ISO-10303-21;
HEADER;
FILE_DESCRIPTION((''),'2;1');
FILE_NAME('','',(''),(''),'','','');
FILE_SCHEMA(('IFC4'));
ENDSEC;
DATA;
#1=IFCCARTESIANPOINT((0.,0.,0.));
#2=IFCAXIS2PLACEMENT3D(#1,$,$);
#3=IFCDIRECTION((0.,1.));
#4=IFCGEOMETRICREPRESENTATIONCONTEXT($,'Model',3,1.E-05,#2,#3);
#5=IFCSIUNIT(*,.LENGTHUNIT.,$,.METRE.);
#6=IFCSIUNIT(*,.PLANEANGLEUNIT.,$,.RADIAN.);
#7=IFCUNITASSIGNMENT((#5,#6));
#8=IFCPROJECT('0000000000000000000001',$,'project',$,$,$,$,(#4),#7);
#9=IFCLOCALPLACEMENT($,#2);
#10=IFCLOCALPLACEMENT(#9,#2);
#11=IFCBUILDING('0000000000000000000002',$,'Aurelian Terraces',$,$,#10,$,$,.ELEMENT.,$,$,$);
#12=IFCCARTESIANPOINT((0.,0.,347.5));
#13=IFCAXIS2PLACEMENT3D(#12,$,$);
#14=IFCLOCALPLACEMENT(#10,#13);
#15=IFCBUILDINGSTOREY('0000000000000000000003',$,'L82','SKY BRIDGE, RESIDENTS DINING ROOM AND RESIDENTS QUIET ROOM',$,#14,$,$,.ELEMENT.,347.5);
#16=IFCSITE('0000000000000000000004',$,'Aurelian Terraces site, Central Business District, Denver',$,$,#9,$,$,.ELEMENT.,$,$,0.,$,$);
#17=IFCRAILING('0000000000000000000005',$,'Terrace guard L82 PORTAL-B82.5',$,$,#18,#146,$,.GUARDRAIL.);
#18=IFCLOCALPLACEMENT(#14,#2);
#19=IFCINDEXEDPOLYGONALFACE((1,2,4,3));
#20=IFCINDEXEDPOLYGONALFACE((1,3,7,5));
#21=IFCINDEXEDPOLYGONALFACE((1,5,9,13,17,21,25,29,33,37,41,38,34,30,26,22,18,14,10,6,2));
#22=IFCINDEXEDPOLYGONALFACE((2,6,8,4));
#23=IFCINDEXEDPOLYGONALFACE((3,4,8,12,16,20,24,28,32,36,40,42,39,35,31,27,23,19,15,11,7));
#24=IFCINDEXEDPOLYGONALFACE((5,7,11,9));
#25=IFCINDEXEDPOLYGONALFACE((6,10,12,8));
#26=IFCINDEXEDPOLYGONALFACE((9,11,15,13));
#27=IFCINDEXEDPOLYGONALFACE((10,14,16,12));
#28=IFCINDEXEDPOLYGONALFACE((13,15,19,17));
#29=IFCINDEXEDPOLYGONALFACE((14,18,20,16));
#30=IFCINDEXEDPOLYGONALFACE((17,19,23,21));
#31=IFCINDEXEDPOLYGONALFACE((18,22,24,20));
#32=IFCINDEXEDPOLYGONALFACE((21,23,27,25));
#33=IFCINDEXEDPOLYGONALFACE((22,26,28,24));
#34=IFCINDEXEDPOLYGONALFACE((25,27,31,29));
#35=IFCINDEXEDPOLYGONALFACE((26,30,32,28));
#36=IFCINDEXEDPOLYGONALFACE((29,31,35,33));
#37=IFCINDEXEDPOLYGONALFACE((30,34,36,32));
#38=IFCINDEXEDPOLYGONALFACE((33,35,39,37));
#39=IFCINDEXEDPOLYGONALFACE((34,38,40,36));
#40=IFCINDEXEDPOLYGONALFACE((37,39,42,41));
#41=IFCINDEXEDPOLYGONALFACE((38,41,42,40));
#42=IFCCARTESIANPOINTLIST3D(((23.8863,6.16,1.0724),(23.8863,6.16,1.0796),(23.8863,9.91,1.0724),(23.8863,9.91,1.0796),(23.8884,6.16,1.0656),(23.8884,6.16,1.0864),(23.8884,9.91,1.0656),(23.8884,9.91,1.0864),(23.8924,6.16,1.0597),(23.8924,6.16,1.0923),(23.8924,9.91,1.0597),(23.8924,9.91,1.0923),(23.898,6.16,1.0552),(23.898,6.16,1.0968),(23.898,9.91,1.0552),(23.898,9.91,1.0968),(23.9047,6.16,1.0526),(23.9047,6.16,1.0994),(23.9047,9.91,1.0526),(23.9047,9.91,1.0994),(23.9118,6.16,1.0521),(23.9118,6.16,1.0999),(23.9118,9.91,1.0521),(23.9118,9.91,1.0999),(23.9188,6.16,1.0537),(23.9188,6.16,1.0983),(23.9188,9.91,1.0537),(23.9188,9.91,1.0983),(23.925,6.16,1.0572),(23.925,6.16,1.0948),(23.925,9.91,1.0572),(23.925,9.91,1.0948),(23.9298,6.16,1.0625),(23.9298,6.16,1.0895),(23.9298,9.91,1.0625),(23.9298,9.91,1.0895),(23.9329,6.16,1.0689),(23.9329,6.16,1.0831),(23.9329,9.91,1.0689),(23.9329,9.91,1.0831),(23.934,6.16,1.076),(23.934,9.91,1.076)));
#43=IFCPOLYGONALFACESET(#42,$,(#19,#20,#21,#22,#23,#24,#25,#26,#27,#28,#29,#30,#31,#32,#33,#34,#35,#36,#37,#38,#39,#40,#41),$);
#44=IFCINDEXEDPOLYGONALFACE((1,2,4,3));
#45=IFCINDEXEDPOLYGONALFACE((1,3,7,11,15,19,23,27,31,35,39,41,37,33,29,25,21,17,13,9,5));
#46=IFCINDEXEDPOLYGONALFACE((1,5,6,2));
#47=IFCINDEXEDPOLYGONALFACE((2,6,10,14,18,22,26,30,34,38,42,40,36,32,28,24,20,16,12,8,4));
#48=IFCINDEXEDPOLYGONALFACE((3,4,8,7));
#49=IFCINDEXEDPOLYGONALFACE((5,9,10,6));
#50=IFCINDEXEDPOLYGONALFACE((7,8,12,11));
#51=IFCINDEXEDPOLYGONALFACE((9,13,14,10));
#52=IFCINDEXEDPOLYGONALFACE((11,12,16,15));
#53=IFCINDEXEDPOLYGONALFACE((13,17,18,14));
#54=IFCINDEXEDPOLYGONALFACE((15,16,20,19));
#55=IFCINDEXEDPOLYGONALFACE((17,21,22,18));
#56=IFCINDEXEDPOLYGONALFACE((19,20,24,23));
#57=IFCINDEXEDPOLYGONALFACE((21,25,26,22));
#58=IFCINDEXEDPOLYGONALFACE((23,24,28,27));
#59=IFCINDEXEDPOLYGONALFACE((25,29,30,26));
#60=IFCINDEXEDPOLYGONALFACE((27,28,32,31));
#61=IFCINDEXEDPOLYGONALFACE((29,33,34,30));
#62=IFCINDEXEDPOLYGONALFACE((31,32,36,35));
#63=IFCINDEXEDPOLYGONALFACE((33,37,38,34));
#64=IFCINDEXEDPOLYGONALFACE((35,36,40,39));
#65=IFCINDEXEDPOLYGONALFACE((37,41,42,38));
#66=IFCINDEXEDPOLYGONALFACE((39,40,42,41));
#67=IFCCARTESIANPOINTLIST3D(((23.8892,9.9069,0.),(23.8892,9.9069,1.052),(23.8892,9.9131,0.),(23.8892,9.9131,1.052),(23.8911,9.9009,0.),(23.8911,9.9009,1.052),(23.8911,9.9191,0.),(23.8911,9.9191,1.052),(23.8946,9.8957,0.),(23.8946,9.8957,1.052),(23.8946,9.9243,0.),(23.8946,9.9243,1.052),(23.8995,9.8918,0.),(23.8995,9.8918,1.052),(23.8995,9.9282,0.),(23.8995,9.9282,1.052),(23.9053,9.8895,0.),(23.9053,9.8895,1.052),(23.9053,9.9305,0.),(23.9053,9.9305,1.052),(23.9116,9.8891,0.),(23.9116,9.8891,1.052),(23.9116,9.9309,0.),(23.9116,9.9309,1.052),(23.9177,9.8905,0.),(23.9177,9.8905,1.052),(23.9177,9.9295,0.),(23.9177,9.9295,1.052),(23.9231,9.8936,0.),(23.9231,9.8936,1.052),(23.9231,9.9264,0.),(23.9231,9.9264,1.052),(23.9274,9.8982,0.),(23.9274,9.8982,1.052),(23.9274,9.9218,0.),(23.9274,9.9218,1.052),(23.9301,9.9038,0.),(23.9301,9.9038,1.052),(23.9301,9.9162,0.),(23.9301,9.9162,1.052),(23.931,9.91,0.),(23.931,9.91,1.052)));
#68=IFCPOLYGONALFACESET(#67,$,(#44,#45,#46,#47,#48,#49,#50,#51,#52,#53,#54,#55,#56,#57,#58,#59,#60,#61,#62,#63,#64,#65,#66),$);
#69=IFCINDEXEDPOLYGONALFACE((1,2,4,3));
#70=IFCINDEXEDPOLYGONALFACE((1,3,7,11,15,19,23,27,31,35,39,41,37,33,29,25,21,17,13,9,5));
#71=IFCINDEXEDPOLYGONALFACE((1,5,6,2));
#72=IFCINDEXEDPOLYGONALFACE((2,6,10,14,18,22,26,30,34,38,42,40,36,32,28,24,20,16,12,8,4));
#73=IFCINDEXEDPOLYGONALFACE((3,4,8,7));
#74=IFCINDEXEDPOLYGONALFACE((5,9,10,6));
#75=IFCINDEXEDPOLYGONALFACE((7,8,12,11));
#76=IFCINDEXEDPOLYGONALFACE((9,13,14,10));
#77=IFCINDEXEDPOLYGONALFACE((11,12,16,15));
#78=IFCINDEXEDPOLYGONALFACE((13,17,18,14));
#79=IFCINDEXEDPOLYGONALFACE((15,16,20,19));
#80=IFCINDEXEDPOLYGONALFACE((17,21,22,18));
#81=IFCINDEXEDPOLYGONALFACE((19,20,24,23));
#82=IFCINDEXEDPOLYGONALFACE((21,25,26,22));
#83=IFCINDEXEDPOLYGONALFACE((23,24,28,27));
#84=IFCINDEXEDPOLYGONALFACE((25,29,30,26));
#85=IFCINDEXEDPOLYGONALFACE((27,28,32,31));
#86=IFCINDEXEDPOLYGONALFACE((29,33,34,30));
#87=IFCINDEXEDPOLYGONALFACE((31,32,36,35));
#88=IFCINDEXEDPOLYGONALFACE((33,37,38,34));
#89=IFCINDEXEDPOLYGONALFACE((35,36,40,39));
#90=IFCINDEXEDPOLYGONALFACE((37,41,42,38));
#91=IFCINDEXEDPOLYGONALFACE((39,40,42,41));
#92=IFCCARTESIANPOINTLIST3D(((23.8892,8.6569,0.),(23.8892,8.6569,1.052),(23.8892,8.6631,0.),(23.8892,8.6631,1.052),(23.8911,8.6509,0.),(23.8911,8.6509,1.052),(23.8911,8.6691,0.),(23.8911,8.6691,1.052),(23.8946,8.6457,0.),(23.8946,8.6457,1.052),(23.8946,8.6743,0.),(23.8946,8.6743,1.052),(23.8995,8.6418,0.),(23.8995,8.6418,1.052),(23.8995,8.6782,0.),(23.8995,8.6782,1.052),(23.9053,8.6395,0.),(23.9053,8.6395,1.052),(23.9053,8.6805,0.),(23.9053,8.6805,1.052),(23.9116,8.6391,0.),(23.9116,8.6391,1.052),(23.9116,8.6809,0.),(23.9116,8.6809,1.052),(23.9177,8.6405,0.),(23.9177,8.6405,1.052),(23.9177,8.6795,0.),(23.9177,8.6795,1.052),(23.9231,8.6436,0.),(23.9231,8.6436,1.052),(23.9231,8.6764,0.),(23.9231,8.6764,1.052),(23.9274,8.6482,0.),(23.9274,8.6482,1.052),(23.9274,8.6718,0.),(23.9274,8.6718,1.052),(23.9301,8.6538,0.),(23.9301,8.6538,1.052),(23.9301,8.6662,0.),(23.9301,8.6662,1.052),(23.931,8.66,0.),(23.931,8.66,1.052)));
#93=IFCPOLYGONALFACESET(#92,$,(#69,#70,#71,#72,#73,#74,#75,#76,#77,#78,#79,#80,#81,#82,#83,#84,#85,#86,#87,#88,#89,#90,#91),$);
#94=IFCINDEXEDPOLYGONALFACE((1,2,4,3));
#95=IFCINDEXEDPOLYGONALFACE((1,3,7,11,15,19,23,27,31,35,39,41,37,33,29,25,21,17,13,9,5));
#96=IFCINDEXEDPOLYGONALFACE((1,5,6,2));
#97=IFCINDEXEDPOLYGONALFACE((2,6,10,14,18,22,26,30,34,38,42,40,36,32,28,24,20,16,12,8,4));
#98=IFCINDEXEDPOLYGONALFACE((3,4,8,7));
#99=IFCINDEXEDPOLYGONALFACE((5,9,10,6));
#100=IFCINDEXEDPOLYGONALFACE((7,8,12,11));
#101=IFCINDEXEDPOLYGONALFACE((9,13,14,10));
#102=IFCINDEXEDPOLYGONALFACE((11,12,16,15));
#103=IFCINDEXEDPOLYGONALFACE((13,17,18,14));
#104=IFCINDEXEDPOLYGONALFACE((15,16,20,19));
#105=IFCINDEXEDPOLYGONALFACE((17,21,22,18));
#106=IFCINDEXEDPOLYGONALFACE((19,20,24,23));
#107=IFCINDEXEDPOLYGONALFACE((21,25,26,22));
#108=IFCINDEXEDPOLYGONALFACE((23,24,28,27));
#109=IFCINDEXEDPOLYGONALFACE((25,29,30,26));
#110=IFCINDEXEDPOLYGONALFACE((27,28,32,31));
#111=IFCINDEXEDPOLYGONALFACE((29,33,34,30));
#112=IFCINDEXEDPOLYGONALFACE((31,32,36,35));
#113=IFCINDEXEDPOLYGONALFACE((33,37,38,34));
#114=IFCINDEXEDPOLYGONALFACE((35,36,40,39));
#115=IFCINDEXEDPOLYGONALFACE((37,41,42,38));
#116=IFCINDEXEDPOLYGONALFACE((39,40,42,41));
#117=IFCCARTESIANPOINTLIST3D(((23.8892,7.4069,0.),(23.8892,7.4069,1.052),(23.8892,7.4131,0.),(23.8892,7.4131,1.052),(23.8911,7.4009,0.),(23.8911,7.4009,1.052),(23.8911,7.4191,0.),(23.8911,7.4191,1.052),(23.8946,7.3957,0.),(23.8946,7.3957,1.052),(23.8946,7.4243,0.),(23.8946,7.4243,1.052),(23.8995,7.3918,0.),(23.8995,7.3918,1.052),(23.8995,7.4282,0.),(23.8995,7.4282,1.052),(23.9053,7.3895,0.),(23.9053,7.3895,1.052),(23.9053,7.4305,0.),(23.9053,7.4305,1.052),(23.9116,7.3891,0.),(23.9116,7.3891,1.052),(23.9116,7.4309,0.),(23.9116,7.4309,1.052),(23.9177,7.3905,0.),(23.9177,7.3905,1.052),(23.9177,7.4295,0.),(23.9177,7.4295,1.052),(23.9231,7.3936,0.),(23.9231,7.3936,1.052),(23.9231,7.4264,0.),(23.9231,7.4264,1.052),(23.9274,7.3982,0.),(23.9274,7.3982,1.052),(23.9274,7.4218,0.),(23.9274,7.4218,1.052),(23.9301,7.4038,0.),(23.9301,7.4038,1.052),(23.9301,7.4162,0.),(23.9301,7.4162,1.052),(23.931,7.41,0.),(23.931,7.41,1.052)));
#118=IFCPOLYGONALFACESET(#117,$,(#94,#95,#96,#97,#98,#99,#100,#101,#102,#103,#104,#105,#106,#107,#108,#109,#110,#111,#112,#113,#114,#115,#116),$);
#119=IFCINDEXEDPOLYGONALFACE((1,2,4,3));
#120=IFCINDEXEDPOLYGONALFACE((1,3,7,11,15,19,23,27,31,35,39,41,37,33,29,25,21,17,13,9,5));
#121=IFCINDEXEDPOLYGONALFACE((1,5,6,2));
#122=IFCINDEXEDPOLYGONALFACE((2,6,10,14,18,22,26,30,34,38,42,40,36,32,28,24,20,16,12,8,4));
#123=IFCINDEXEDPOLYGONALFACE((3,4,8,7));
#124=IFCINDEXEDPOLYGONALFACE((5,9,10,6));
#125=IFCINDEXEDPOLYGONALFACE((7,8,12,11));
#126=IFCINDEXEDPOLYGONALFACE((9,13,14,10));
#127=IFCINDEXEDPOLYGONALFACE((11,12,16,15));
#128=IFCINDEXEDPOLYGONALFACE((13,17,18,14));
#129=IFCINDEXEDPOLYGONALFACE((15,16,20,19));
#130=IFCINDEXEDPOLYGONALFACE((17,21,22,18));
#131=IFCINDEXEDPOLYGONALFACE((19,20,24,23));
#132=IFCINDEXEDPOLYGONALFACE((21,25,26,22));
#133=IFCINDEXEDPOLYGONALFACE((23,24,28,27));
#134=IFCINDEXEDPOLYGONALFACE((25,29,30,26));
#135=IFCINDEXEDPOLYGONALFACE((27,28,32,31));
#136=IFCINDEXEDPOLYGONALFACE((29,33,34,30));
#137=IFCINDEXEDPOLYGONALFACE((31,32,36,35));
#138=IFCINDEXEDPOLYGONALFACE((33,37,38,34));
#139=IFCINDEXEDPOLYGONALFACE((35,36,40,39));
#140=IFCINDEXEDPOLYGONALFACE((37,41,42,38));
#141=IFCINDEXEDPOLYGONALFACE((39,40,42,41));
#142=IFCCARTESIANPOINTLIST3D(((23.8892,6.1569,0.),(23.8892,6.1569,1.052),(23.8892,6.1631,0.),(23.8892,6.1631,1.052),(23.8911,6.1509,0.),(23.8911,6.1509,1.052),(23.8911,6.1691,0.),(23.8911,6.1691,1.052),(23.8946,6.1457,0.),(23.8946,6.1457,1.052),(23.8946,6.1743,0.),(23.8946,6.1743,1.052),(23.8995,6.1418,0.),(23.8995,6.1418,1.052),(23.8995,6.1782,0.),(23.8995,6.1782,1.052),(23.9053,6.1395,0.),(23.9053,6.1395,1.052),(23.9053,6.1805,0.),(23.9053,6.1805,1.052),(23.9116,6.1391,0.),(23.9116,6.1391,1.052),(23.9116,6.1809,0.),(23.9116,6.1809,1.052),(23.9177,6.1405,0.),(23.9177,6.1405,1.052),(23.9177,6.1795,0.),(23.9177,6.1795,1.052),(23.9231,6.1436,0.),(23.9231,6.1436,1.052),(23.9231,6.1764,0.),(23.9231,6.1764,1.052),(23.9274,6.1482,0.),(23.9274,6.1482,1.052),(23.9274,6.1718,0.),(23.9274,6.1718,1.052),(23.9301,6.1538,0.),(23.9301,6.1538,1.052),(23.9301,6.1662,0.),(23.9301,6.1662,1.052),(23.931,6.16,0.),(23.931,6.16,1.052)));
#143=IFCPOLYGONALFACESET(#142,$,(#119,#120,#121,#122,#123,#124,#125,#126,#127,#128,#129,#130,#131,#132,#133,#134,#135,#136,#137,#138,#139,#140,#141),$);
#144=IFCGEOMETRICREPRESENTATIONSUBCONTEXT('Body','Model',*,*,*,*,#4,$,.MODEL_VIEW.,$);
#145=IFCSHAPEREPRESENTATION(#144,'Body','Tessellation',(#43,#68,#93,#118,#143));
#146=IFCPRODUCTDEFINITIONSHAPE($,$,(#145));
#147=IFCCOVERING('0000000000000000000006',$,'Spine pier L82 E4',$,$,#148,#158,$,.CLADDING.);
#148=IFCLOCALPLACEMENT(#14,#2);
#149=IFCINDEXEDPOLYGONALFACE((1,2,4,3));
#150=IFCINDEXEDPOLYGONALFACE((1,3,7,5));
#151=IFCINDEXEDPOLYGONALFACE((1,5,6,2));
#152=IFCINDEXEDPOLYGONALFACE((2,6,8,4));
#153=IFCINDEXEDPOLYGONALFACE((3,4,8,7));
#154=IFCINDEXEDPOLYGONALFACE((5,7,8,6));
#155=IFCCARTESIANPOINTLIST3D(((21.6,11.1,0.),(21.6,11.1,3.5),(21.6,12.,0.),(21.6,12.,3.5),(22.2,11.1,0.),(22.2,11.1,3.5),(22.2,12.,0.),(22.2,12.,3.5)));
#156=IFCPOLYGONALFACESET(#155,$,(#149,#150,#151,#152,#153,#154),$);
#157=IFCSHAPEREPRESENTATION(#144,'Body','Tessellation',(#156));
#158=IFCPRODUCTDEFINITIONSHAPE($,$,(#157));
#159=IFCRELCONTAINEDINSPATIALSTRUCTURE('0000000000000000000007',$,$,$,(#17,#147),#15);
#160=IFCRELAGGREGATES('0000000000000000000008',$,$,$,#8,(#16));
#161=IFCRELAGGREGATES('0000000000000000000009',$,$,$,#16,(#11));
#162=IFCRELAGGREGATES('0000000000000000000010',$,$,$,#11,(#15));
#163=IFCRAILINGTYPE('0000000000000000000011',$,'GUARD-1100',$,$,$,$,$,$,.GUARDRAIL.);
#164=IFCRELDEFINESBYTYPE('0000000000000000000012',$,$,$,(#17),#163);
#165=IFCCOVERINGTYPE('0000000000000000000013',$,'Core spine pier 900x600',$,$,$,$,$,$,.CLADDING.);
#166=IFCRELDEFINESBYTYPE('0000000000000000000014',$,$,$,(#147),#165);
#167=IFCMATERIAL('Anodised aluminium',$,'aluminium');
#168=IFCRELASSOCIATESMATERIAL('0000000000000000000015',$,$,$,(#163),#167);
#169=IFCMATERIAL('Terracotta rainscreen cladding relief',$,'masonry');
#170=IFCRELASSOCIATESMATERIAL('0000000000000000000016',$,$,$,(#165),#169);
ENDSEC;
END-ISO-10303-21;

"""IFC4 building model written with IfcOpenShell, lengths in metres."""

from ifc_helpers import new_model, si_unit, direction, frame, origin, origin_2d, place, context, subcontext, project, spatial, rectangle, circle, extrude, source, transform, mapped, material, type_object, element, save


model = new_model("IFC4")

# Units and contexts
model_context = context("Model", 3, precision=1e-05, world=origin(), true_north=direction((0.0, 1.0)))
body_context = subcontext(model_context, "Body", "Model", "MODEL_VIEW")
ifc_project = project(units=[si_unit("LENGTHUNIT", "METRE"), si_unit("PLANEANGLEUNIT", "RADIAN")], contexts=[model_context])

# Site, building, storey
site_placement = place(None, origin())
site = spatial("IfcSite", under=ifc_project, at=site_placement, Name="Aurelian Terraces site, Central Business District, Denver", CompositionType="ELEMENT", RefElevation=0.0)
building_placement = place(site_placement, origin())
building = spatial("IfcBuilding", under=site, at=building_placement, Name="Aurelian Terraces", CompositionType="ELEMENT")
storey_placement = place(building_placement, frame((0.0, 0.0, 347.5)))
storey = spatial("IfcBuildingStorey", under=building, at=storey_placement, Name="L82", Description="SKY BRIDGE, RESIDENTS DINING ROOM AND RESIDENTS QUIET ROOM", CompositionType="ELEMENT", Elevation=347.5)

# Shared definitions
ifc_material_1 = material(Name="Anodised aluminium", Category="aluminium")
railing_type = type_object("IfcRailingType", Name="GUARD-1100", PredefinedType="GUARDRAIL", material=ifc_material_1)

# Shared definitions
ifc_material_2 = material(Name="Terracotta rainscreen cladding relief", Category="masonry")

# Railing
shared_shape_1 = source(origin(), body_context, "Body", "SweptSolid", [
    extrude(circle(Radius=0.024, at=origin_2d()), frame((0.0, 0.0, 1.076), z_axis=(0.0, -1.0, 0.0), x_axis=(1.0, 0.0, 0.0)), (0.0, 0.0, 1.0), 3.75),
    extrude(circle(Radius=0.021, at=origin_2d()), origin(), (0.0, 0.0, 1.0), 1.052),
    extrude(circle(Radius=0.021, at=origin_2d()), frame((0.0, -1.25, 0.0)), (0.0, 0.0, 1.0), 1.052),
    extrude(circle(Radius=0.021, at=origin_2d()), frame((0.0, -2.5, 0.0)), (0.0, 0.0, 1.0), 1.052),
    extrude(circle(Radius=0.021, at=origin_2d()), frame((0.0, -3.75, 0.0)), (0.0, 0.0, 1.0), 1.052),
])
railing_1_placement = place(storey_placement, frame((23.91, 9.91, 0.0)))
element("IfcRailing", 1, at=railing_1_placement, inside=storey, type_object=railing_type, Name="Terrace guard L82 PORTAL-B82.5", PredefinedType="GUARDRAIL", context=body_context, shape_type="MappedRepresentation", body=[
    mapped(shared_shape_1, transform((0.0, 0.0, 0.0), scale=1.0)),
])

# Covering
covering_type_1 = type_object("IfcCoveringType", Name="Core spine pier 900x600", PredefinedType="CLADDING", material=ifc_material_2)
shared_shape_2 = source(origin(), body_context, "Body", "SweptSolid", [
    extrude(rectangle(XDim=0.6, YDim=0.9, at=origin_2d()), origin(), (0.0, 0.0, 1.0), 3.5),
])
covering_1_placement = place(storey_placement, frame((21.9, 11.55, 0.0), z_axis=(0.0, 0.0, 1.0), x_axis=(1.0, 0.0, 0.0)))
element("IfcCovering", 2, at=covering_1_placement, inside=storey, type_object=covering_type_1, Name="Spine pier L82 E4", PredefinedType="CLADDING", context=body_context, shape_type="MappedRepresentation", body=[
    mapped(shared_shape_2, transform((0.0, 0.0, 0.0), scale=1.0)),
])

save(model, "model.ifc")
